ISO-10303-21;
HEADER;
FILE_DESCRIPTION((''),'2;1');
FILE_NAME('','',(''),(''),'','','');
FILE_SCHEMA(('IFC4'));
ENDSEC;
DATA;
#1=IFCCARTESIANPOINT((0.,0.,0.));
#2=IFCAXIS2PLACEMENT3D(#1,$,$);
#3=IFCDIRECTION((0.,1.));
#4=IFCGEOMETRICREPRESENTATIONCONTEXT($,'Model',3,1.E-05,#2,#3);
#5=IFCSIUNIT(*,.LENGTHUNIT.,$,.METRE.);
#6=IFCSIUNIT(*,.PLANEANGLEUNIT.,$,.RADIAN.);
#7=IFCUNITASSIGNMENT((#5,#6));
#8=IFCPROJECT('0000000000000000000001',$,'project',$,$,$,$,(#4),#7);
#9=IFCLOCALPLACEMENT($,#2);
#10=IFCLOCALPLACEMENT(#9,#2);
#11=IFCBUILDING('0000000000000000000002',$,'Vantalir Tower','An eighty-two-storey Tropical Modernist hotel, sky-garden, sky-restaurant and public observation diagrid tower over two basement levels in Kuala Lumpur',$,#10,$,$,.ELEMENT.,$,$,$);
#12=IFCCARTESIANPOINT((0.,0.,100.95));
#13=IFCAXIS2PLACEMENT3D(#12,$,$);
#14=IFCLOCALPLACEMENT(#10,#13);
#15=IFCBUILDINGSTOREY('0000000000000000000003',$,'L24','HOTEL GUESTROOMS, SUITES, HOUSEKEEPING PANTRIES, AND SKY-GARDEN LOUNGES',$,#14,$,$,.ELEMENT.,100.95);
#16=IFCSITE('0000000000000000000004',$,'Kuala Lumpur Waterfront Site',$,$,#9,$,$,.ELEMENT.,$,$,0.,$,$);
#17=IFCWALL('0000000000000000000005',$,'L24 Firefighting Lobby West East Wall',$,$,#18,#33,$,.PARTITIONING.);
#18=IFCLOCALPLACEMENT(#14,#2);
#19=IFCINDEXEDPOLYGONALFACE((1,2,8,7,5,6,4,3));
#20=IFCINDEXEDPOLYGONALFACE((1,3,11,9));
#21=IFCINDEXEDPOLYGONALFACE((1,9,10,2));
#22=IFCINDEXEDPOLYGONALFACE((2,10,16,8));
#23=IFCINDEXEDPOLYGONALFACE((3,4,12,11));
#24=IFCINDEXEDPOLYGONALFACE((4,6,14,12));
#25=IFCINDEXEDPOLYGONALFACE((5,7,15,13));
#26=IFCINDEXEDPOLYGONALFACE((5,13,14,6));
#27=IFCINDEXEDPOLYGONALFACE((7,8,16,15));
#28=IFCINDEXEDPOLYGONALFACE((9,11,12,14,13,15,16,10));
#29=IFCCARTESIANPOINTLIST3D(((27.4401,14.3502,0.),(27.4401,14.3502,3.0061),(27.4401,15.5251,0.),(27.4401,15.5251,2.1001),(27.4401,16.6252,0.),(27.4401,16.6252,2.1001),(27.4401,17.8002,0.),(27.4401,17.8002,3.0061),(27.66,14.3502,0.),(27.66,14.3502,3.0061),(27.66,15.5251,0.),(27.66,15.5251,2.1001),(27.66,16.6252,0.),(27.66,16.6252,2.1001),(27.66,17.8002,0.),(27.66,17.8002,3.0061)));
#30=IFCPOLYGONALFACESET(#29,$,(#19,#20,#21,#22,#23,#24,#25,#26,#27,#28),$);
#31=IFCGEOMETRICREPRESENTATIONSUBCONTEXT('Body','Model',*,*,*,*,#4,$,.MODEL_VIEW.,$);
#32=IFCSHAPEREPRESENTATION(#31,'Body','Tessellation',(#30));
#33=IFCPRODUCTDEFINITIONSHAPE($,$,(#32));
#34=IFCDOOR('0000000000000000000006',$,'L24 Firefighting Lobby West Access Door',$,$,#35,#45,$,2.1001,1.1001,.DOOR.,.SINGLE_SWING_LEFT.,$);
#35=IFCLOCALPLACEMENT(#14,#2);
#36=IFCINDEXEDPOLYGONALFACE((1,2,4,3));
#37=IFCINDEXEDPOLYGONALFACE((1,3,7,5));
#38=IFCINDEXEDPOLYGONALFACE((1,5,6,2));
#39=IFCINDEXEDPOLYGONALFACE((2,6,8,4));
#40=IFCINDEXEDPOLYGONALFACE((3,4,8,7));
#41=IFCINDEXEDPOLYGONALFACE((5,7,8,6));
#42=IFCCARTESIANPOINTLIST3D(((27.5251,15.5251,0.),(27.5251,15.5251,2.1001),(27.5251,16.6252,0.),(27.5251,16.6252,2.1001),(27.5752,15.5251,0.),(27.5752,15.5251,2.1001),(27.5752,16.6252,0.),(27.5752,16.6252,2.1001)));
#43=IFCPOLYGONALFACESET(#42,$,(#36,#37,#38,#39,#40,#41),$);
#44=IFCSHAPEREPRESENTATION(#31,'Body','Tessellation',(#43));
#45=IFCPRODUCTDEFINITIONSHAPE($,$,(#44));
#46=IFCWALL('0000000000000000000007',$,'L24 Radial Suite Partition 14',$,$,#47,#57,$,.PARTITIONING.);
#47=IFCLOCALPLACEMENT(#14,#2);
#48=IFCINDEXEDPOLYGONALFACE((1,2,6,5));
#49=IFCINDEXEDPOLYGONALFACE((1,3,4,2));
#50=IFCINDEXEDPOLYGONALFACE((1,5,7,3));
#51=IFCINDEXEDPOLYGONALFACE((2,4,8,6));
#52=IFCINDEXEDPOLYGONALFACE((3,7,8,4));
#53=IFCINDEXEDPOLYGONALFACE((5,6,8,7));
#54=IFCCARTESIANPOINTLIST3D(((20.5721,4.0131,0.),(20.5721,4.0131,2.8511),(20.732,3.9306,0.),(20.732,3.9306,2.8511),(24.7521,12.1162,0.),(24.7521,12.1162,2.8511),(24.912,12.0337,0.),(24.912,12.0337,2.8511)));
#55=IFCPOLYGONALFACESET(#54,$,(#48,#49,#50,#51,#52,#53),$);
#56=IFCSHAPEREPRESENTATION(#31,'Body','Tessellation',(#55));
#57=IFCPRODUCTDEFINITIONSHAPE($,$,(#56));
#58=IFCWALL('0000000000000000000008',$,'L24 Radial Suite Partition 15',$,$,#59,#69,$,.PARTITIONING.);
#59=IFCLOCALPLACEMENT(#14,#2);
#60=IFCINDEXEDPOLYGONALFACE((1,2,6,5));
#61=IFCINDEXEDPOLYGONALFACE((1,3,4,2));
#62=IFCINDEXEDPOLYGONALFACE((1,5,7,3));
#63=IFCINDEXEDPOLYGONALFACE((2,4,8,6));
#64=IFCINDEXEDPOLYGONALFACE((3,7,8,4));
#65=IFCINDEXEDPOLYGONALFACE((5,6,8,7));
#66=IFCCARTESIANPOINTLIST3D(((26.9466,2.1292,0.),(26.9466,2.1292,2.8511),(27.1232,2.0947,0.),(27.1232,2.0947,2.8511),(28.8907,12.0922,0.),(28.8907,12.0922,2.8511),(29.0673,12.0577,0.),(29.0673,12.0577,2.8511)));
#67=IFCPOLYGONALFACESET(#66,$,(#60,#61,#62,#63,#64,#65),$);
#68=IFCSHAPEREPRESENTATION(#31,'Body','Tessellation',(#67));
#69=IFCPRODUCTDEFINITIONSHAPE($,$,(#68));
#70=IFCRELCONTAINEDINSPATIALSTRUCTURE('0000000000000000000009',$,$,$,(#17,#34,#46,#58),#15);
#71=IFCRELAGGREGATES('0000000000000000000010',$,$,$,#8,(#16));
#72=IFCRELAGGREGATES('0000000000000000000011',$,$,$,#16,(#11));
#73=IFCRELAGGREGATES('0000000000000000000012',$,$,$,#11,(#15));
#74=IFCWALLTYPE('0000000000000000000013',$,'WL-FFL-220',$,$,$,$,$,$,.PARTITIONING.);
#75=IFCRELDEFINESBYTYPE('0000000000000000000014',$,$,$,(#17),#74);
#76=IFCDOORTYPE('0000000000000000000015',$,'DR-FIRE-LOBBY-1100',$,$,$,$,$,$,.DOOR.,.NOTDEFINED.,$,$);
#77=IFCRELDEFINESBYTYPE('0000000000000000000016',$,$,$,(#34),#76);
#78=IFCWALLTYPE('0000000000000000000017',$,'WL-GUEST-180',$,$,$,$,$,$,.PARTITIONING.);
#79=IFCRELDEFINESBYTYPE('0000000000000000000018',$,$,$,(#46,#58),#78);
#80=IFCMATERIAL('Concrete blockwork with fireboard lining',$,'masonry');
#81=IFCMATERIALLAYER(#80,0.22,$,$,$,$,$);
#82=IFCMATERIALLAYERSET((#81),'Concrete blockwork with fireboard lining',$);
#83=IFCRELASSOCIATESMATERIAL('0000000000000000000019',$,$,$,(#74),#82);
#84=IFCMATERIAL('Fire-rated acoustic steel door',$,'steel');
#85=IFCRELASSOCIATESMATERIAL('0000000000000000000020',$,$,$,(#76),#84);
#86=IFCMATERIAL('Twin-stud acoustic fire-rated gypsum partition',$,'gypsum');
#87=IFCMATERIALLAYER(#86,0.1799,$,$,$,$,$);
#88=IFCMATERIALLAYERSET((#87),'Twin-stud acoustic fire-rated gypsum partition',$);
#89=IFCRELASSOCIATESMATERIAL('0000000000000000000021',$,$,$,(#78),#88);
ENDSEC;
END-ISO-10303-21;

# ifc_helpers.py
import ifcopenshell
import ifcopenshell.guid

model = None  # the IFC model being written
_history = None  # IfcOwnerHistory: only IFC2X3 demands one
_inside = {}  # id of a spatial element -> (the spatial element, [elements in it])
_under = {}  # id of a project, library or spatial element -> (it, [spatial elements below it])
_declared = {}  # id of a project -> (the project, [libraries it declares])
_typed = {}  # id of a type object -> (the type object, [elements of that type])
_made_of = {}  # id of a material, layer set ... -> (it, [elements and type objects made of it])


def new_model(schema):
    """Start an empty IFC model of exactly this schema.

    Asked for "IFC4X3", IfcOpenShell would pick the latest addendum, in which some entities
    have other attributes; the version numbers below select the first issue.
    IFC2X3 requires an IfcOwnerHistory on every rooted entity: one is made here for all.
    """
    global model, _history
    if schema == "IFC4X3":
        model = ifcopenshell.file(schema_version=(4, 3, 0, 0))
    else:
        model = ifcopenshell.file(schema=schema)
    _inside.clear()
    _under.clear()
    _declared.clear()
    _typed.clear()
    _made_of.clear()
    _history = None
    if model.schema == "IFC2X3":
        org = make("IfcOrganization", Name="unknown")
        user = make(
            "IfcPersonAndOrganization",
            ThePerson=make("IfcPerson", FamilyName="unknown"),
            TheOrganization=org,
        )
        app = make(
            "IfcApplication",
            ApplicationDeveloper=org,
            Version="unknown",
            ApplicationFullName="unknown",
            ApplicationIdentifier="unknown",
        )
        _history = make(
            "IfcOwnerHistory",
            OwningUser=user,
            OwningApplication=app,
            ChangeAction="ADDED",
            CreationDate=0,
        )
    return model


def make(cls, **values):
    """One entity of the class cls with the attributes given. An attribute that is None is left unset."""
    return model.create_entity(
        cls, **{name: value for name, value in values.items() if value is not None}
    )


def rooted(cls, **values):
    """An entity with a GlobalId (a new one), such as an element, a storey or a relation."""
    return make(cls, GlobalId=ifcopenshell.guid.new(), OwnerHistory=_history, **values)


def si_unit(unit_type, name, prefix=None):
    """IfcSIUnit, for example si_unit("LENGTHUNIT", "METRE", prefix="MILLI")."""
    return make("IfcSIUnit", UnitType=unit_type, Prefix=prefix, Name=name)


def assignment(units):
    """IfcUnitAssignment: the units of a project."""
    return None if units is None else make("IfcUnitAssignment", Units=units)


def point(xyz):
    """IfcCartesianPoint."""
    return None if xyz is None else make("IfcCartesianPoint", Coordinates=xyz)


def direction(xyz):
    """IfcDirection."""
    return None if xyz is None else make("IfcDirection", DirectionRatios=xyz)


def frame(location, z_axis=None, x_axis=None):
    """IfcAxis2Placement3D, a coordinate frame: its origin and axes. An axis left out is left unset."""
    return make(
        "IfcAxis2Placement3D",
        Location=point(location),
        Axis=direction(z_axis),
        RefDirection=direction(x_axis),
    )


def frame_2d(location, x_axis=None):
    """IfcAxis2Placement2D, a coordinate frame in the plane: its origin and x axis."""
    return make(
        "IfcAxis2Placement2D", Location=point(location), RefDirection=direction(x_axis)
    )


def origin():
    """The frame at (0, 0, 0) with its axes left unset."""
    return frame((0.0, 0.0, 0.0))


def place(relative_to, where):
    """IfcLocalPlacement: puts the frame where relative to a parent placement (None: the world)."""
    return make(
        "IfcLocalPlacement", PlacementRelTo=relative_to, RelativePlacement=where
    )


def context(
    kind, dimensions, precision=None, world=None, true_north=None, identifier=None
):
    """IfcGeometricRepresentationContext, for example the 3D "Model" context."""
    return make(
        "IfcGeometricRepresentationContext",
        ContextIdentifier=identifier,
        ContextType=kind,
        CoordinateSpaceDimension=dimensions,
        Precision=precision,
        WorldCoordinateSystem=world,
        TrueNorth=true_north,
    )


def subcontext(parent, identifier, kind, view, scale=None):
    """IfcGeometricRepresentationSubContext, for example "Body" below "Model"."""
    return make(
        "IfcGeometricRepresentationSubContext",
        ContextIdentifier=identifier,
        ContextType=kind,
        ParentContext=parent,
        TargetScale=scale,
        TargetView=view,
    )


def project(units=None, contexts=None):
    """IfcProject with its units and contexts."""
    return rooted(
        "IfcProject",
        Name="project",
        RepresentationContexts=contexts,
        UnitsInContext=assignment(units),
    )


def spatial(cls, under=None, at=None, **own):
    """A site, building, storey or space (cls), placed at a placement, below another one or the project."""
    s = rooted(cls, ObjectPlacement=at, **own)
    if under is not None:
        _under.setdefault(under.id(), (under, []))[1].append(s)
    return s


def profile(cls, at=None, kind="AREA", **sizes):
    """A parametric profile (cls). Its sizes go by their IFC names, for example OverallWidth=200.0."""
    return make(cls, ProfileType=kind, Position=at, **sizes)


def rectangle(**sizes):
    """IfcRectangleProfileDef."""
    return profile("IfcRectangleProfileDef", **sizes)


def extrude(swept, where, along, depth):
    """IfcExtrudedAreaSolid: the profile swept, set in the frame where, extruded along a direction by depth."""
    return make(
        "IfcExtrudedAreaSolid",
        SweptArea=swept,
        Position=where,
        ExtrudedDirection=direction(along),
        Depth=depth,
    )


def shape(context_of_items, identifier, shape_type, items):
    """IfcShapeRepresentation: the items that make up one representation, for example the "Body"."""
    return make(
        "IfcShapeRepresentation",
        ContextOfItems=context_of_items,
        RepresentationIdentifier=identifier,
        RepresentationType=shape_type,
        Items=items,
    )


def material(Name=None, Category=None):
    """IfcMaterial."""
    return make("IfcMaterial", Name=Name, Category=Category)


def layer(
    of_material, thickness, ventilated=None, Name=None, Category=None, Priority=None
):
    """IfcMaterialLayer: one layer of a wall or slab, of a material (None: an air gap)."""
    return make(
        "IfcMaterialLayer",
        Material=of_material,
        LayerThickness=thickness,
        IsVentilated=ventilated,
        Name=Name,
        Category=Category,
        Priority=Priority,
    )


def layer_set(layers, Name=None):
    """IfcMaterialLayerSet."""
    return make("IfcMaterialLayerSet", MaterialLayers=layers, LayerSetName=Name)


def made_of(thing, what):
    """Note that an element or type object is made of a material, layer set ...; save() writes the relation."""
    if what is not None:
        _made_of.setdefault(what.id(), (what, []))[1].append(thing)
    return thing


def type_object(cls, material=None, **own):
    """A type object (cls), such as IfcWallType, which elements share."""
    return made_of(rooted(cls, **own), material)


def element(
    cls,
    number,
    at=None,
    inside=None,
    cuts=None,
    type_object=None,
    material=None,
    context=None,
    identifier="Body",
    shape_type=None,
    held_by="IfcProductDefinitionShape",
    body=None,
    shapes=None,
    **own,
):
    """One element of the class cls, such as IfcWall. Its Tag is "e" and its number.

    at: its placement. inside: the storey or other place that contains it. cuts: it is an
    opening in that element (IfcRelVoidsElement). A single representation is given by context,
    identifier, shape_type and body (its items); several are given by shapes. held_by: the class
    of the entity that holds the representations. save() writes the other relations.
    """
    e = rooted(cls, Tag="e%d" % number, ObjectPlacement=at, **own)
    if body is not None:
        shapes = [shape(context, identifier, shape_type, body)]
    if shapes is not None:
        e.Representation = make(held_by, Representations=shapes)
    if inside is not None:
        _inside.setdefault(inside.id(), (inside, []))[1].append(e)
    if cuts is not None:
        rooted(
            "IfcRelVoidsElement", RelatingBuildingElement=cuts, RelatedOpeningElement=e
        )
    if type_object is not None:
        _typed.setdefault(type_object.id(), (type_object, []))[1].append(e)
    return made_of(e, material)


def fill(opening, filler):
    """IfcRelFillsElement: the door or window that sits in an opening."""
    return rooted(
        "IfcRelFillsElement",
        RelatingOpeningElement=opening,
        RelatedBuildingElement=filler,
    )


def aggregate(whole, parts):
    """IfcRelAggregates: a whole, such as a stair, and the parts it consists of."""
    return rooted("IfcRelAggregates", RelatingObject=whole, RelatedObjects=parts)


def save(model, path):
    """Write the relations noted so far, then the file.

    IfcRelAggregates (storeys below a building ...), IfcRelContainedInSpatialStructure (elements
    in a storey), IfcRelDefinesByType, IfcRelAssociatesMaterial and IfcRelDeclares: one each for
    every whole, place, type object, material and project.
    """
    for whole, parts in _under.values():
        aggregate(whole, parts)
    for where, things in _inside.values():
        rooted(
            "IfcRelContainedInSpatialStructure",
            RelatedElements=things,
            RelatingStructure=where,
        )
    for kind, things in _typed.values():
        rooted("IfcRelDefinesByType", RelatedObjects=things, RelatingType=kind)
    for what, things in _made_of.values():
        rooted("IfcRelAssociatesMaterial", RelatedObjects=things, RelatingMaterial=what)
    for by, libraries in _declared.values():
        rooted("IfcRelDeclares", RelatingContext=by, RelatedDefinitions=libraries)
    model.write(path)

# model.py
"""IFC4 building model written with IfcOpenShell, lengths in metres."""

from ifc_helpers import new_model, si_unit, direction, frame, frame_2d, origin, place, context, subcontext, project, spatial, rectangle, extrude, material, layer, layer_set, type_object, element, fill, save


model = new_model("IFC4")

# Units and contexts
model_context = context("Model", 3, precision=1e-05, world=origin(), true_north=direction((0.0, 1.0)))
body_context = subcontext(model_context, "Body", "Model", "MODEL_VIEW")
ifc_project = project(units=[si_unit("LENGTHUNIT", "METRE"), si_unit("PLANEANGLEUNIT", "RADIAN")], contexts=[model_context])

# Site, building, storey
site_placement = place(None, origin())
site = spatial("IfcSite", under=ifc_project, at=site_placement, Name="Kuala Lumpur Waterfront Site", CompositionType="ELEMENT", RefElevation=0.0)
building_placement = place(site_placement, origin())
building = spatial("IfcBuilding", under=site, at=building_placement, Name="Vantalir Tower", Description="An eighty-two-storey Tropical Modernist hotel, sky-garden, sky-restaurant and public observation diagrid tower over two basement levels in Kuala Lumpur", CompositionType="ELEMENT")
storey_placement = place(building_placement, frame((0.0, 0.0, 100.95)))
storey = spatial("IfcBuildingStorey", under=building, at=storey_placement, Name="L24", Description="HOTEL GUESTROOMS, SUITES, HOUSEKEEPING PANTRIES, AND SKY-GARDEN LOUNGES", CompositionType="ELEMENT", Elevation=100.95)

# Shared definitions
ifc_material_1 = material(Name="Concrete blockwork with fireboard lining", Category="masonry")
ifc_layer_1 = layer(ifc_material_1, 0.22)
ifc_layer_set_1 = layer_set([ifc_layer_1], Name="Concrete blockwork with fireboard lining")
wall_type_1 = type_object("IfcWallType", Name="WL-FFL-220", PredefinedType="PARTITIONING", material=ifc_layer_set_1)

# Wall, opening, door
wall_1_placement = place(storey_placement, frame((27.55, 14.3501, 0.0), z_axis=(0.0, 0.0, 1.0), x_axis=(0.0, 1.0, 0.0)))
wall_1 = element("IfcWall", 1, at=wall_1_placement, inside=storey, type_object=wall_type_1, Name="L24 Firefighting Lobby West East Wall", PredefinedType="PARTITIONING", context=body_context, shape_type="SweptSolid", body=[
    extrude(rectangle(XDim=3.45, YDim=0.22, at=frame_2d((1.7251, 0.0))), origin(), (0.0, 0.0, 1.0), 3.0061),
])
opening_1_placement = place(wall_1_placement, frame((1.175, 0.0, 0.0)))
opening_1 = element("IfcOpeningElement", 2, at=opening_1_placement, cuts=wall_1, PredefinedType="OPENING", context=body_context, shape_type="SweptSolid", body=[
    extrude(rectangle(XDim=1.1001, YDim=2.1001, at=frame_2d((0.55, 1.05))), frame((0.0, 0.1199, 0.0), z_axis=(0.0, -1.0, 0.0), x_axis=(1.0, 0.0, 0.0)), (0.0, 0.0, 1.0), 0.24),
])
ifc_material_2 = material(Name="Fire-rated acoustic steel door", Category="steel")
door_type_1 = type_object("IfcDoorType", Name="DR-FIRE-LOBBY-1100", OperationType="NOTDEFINED", PredefinedType="DOOR", material=ifc_material_2)
door_1_placement = place(opening_1_placement, origin())
door_1 = element("IfcDoor", 3, at=door_1_placement, inside=storey, type_object=door_type_1, Name="L24 Firefighting Lobby West Access Door", OperationType="SINGLE_SWING_LEFT", OverallHeight=2.1001, OverallWidth=1.1001, PredefinedType="DOOR", context=body_context, shape_type="SweptSolid", body=[
    extrude(rectangle(XDim=1.1001, YDim=2.1001, at=frame_2d((0.55, 1.05))), frame((0.0, 0.0249, 0.0), z_axis=(0.0, -1.0, 0.0), x_axis=(1.0, 0.0, 0.0)), (0.0, 0.0, 1.0), 0.05),
])
fill(opening_1, door_1)

# Walls
ifc_material_3 = material(Name="Twin-stud acoustic fire-rated gypsum partition", Category="gypsum")
ifc_layer_2 = layer(ifc_material_3, 0.1799)
ifc_layer_set_2 = layer_set([ifc_layer_2], Name="Twin-stud acoustic fire-rated gypsum partition")
wall_type_2 = type_object("IfcWallType", Name="WL-GUEST-180", PredefinedType="PARTITIONING", material=ifc_layer_set_2)
wall_2_placement = place(storey_placement, frame((24.832, 12.075, 0.0), z_axis=(0.0, 0.0, 1.0), x_axis=(-0.458446, -0.888722, 0.0)))
element("IfcWall", 4, at=wall_2_placement, inside=storey, type_object=wall_type_2, Name="L24 Radial Suite Partition 14", PredefinedType="PARTITIONING", context=body_context, shape_type="SweptSolid", body=[
    extrude(rectangle(XDim=9.1177, YDim=0.1799, at=frame_2d((4.5588, 0.0))), origin(), (0.0, 0.0, 1.0), 2.8511),
])
wall_3_placement = place(storey_placement, frame((28.979, 12.075, 0.0), z_axis=(0.0, 0.0, 1.0), x_axis=(-0.191521, -0.981488, 0.0)))
element("IfcWall", 5, at=wall_3_placement, inside=storey, type_object=wall_type_2, Name="L24 Radial Suite Partition 15", PredefinedType="PARTITIONING", context=body_context, shape_type="SweptSolid", body=[
    extrude(rectangle(XDim=10.1509, YDim=0.1799, at=frame_2d((5.0754, 0.0))), origin(), (0.0, 0.0, 1.0), 2.8511),
])

save(model, "model.ifc")
